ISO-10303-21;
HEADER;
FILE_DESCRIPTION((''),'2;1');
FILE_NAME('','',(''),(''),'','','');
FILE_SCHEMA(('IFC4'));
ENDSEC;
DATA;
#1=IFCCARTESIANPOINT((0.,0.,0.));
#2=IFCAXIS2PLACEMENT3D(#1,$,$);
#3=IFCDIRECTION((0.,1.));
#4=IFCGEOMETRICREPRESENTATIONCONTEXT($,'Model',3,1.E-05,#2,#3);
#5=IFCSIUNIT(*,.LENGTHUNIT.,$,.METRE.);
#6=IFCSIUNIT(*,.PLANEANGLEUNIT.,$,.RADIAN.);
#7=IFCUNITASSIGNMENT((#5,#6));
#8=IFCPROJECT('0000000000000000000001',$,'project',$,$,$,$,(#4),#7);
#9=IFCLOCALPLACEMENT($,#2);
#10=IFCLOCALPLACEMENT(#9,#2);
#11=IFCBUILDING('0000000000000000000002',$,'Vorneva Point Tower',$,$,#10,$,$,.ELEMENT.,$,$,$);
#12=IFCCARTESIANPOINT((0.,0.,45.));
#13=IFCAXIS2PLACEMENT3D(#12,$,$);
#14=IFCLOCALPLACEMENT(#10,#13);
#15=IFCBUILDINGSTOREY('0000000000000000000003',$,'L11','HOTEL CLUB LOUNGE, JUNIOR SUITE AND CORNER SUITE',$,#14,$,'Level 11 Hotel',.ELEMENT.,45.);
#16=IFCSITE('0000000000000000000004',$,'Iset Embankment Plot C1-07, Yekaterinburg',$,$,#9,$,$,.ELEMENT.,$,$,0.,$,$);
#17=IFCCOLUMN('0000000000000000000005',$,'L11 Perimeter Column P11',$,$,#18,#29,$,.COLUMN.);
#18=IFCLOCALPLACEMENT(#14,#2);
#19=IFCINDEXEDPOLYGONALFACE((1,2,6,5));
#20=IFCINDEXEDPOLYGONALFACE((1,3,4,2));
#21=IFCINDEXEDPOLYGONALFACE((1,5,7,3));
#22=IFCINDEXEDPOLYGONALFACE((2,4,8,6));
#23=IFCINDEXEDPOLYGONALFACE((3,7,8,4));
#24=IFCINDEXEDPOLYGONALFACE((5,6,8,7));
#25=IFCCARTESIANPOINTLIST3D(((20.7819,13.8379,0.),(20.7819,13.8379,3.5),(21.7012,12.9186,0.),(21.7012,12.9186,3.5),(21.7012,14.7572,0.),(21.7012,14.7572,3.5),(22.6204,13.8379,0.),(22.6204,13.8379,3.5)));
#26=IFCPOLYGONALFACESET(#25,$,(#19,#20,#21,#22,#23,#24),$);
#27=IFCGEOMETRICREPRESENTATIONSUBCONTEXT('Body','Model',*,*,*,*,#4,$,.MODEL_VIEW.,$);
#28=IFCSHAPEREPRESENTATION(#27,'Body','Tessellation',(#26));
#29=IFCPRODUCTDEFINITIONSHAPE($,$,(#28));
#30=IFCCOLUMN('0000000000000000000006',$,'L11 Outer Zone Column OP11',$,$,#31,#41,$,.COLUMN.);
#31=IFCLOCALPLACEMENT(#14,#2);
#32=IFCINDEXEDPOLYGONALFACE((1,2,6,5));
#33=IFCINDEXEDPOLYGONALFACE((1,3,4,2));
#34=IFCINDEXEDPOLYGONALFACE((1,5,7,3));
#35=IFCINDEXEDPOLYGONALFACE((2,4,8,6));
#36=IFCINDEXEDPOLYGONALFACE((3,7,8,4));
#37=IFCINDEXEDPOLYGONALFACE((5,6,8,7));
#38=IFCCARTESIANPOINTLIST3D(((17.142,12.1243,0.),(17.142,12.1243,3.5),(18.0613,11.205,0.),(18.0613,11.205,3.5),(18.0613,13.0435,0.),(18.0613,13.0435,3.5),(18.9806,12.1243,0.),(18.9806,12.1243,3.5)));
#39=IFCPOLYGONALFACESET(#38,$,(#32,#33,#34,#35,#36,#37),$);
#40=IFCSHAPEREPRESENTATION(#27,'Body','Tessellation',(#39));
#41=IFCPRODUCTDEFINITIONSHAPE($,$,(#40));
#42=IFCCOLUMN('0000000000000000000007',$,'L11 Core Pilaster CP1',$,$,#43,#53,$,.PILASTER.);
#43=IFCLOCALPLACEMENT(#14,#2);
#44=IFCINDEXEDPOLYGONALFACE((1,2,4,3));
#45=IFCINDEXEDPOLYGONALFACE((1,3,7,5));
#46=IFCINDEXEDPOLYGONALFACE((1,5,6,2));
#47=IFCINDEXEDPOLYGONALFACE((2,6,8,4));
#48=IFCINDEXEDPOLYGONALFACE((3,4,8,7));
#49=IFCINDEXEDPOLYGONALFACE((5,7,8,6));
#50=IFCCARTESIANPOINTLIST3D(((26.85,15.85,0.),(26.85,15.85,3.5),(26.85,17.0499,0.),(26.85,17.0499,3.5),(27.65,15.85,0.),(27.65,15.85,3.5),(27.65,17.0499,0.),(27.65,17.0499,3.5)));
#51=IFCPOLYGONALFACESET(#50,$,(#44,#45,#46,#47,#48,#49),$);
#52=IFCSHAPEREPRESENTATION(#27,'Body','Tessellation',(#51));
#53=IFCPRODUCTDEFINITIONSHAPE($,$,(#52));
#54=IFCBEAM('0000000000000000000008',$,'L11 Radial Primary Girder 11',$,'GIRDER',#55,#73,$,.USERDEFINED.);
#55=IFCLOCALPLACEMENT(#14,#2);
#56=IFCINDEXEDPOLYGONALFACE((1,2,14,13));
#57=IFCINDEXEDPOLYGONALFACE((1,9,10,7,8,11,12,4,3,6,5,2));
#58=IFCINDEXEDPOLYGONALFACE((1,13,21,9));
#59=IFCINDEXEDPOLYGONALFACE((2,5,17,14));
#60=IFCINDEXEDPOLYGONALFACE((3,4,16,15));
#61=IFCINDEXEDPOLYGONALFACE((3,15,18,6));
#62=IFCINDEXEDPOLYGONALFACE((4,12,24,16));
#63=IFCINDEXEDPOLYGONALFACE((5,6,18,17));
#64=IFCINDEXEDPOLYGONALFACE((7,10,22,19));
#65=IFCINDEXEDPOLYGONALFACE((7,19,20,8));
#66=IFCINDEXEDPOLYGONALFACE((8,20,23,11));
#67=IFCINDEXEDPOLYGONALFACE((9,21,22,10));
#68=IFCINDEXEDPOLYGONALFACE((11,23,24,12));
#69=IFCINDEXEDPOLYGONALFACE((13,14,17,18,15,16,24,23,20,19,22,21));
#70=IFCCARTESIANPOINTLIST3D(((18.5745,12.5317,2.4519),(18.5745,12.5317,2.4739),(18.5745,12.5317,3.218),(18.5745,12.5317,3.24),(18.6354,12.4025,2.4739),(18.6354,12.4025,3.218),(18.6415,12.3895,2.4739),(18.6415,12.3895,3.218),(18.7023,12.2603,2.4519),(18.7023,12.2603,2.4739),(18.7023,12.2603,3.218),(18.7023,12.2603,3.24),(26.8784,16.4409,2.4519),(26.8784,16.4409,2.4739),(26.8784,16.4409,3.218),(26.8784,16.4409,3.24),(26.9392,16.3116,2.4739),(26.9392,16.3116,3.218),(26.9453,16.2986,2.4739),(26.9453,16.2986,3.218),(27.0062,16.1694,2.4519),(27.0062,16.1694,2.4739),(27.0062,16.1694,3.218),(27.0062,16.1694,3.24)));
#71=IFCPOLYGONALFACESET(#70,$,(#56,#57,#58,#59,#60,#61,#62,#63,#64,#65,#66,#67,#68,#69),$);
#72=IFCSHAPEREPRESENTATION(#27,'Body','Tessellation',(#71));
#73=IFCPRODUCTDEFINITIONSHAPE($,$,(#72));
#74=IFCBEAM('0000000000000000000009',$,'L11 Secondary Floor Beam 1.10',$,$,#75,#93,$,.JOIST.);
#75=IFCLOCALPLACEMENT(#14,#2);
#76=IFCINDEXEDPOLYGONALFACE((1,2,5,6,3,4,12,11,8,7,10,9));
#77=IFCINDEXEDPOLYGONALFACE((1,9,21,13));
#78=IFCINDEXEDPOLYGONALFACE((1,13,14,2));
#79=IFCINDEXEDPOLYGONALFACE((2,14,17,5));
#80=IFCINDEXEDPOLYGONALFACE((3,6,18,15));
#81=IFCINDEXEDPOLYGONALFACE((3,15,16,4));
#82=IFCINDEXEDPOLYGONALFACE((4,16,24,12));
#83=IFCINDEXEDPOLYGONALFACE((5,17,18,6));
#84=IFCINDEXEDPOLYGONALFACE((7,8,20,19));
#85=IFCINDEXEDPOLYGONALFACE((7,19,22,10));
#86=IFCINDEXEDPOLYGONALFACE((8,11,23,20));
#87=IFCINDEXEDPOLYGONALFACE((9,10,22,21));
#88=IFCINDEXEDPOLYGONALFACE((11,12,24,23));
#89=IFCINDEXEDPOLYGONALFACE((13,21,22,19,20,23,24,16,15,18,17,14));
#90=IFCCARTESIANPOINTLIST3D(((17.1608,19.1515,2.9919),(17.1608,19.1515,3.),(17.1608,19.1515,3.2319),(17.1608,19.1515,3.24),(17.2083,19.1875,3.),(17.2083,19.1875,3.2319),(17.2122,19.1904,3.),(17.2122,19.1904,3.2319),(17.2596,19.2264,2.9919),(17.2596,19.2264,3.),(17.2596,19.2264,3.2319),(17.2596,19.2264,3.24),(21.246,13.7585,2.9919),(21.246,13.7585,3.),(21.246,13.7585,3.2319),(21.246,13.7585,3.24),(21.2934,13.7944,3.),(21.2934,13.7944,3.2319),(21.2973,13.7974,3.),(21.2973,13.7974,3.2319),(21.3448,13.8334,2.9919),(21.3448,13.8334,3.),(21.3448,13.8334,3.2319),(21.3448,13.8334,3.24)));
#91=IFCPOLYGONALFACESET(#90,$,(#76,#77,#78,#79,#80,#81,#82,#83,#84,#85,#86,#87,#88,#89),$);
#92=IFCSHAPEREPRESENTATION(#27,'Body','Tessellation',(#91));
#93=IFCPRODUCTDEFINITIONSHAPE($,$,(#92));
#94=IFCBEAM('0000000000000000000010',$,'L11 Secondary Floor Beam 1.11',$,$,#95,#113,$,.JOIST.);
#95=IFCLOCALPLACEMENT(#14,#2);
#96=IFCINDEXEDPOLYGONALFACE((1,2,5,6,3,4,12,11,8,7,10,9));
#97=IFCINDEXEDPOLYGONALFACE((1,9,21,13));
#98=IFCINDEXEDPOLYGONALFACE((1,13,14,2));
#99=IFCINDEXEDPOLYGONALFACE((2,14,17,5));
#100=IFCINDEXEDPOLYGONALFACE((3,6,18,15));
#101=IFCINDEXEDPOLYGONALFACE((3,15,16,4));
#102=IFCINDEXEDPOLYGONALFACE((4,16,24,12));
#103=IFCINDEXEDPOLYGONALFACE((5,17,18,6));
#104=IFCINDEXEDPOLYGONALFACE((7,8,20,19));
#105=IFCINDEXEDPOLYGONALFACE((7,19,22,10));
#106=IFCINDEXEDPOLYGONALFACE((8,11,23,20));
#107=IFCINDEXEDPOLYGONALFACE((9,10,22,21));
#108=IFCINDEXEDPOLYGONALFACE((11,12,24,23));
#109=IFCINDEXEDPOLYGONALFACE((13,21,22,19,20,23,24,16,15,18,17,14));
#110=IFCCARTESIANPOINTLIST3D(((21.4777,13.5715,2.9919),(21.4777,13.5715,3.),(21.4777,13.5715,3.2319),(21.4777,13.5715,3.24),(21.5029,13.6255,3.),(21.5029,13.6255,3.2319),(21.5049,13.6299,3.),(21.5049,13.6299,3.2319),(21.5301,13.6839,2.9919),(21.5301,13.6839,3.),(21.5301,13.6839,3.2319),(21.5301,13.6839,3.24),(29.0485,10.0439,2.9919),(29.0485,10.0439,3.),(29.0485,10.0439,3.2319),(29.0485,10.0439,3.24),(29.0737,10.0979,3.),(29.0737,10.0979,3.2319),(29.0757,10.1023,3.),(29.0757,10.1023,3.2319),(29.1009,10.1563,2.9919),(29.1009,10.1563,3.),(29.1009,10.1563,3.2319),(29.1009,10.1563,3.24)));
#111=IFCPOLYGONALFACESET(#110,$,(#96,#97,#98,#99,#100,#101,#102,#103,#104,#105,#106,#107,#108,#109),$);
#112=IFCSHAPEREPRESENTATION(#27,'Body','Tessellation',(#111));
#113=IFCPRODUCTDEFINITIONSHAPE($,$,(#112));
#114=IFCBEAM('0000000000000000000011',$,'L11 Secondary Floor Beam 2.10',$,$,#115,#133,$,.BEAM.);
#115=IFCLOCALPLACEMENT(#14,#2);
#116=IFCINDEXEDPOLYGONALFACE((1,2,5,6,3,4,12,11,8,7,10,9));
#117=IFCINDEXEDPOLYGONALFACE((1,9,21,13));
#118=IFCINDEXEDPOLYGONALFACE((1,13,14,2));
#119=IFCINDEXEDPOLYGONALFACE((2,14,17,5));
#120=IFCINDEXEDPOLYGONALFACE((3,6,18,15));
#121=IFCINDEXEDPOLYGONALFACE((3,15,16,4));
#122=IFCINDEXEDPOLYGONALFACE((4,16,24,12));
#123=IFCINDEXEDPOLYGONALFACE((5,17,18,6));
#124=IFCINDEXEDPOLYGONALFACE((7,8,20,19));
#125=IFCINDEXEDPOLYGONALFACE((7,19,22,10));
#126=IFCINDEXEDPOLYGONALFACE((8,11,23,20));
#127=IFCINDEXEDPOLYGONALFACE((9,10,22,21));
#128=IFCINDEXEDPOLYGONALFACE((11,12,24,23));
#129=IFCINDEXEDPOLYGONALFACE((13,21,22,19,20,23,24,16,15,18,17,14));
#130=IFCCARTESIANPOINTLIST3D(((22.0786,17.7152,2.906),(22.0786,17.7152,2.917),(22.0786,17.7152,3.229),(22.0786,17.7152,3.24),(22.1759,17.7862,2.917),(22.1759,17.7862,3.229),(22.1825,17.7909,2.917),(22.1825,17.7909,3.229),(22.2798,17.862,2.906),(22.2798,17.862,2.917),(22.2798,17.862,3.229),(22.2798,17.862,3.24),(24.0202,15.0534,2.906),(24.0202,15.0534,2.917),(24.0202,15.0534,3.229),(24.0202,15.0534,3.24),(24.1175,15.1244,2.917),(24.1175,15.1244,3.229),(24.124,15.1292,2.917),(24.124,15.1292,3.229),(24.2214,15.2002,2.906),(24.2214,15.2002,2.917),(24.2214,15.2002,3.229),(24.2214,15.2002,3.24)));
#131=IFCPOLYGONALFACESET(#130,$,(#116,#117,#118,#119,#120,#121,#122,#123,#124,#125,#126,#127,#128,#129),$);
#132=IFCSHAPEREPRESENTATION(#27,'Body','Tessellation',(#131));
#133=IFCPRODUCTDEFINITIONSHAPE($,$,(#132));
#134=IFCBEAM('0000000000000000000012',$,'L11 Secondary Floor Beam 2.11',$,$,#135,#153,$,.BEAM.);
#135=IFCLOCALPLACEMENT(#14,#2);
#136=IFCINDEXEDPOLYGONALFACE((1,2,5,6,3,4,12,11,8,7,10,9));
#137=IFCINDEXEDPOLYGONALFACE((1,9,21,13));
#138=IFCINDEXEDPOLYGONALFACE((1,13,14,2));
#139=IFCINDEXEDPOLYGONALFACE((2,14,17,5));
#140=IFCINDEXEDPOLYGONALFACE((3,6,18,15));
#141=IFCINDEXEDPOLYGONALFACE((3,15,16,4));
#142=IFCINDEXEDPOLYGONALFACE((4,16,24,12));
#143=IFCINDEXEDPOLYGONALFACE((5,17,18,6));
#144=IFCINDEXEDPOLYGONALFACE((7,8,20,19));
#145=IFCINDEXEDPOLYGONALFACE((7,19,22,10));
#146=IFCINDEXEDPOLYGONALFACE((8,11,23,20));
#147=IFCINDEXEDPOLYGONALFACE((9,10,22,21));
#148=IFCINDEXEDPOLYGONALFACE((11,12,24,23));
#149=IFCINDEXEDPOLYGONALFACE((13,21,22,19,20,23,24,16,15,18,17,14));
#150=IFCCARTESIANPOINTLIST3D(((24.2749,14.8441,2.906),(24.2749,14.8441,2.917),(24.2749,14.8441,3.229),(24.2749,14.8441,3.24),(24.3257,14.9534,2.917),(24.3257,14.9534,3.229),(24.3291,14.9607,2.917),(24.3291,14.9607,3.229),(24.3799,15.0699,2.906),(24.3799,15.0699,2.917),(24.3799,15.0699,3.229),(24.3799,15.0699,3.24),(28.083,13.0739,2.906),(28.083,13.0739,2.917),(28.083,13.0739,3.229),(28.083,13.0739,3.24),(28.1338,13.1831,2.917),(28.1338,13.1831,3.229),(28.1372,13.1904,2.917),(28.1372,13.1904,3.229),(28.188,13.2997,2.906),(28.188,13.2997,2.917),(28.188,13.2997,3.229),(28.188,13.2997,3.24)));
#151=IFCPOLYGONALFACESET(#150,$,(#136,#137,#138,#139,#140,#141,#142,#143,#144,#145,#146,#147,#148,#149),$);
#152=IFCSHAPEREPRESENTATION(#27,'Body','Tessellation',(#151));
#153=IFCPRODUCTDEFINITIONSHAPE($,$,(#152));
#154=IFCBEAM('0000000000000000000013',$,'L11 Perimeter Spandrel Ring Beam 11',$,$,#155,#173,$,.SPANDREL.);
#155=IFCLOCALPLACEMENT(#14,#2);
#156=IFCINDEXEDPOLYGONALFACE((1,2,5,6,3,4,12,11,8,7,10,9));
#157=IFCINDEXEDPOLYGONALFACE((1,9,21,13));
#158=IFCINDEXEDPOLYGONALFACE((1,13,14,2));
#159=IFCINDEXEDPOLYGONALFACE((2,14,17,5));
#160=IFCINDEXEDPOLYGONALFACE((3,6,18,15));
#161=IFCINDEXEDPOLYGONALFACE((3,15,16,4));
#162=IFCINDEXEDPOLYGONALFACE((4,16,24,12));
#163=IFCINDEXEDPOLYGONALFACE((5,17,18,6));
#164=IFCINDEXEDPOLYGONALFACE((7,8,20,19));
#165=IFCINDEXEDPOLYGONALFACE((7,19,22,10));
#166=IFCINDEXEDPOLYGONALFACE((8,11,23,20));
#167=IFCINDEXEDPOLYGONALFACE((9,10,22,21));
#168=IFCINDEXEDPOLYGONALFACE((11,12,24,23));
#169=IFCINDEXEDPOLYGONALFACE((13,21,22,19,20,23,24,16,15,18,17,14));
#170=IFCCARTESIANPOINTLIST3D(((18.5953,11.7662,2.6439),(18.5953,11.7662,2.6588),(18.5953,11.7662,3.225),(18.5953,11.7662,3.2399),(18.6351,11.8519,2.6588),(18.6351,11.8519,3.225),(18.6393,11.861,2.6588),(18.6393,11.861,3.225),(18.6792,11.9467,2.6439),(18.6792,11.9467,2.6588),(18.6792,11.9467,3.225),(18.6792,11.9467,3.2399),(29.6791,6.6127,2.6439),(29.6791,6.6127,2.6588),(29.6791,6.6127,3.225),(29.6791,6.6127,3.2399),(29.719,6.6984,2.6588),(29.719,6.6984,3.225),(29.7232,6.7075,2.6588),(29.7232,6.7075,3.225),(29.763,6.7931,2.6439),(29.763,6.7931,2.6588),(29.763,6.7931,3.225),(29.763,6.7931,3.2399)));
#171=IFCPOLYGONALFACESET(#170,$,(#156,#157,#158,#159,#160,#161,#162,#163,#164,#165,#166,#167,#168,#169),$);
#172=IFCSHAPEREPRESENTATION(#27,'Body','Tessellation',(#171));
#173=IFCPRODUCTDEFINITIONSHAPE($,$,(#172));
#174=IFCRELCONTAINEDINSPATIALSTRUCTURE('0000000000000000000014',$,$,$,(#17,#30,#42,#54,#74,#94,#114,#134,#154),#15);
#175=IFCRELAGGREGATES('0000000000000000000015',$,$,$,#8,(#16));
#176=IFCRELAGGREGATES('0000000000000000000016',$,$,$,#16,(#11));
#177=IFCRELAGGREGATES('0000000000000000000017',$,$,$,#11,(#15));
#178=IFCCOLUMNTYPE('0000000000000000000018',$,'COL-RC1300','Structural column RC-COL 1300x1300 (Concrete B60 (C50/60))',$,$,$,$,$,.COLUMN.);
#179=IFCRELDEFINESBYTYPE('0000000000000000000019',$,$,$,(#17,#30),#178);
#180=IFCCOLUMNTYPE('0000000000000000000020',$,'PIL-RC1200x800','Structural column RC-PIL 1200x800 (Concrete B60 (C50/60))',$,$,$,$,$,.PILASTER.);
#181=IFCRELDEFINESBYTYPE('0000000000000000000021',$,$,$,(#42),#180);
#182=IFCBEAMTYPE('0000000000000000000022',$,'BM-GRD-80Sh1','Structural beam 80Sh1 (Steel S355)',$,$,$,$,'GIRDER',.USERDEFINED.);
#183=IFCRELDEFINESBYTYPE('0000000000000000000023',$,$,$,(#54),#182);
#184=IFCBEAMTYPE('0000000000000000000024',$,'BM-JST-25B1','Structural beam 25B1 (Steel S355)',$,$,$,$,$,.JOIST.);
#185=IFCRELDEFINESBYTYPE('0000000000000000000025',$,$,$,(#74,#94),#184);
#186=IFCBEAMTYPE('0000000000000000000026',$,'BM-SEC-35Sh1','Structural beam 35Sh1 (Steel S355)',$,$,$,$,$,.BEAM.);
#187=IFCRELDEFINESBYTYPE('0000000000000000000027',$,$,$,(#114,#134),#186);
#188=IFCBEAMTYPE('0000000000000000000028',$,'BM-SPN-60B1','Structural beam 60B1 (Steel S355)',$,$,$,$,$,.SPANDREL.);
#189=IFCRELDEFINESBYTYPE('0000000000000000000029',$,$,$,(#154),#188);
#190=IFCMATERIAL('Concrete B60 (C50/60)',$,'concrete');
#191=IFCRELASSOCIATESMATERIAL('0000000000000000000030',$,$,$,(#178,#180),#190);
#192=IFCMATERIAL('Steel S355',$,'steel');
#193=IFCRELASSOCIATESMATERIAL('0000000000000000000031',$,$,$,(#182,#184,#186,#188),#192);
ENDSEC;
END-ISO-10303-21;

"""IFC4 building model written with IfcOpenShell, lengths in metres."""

from ifc_helpers import new_model, si_unit, direction, frame, origin, origin_2d, place, context, subcontext, project, spatial, rectangle, i_section, extrude, material, material_profile, profile_set, type_object, element, save


model = new_model("IFC4")

# Units and contexts
model_context = context("Model", 3, precision=1e-05, world=origin(), true_north=direction((0.0, 1.0)))
body_context = subcontext(model_context, "Body", "Model", "MODEL_VIEW")
ifc_project = project(units=[si_unit("LENGTHUNIT", "METRE"), si_unit("PLANEANGLEUNIT", "RADIAN")], contexts=[model_context])

# Site, building, storey
site_placement = place(None, origin())
site = spatial("IfcSite", under=ifc_project, at=site_placement, Name="Iset Embankment Plot C1-07, Yekaterinburg", CompositionType="ELEMENT", RefElevation=0.0)
building_placement = place(site_placement, origin())
building = spatial("IfcBuilding", under=site, at=building_placement, Name="Vorneva Point Tower", CompositionType="ELEMENT")
storey_placement = place(building_placement, frame((0.0, 0.0, 45.0)))
storey = spatial("IfcBuildingStorey", under=building, at=storey_placement, Name="L11", Description="HOTEL CLUB LOUNGE, JUNIOR SUITE AND CORNER SUITE", LongName="Level 11 Hotel", CompositionType="ELEMENT", Elevation=45.0)

# Columns
ifc_material_1 = material(Name="Concrete B60 (C50/60)", Category="concrete")
ifc_material_profile_1 = material_profile(ifc_material_1, rectangle(XDim=1.3, YDim=1.3, at=origin_2d()), Name="RC-COL 1300x1300")
ifc_profile_set_1 = profile_set([ifc_material_profile_1], Name="Concrete B60 (C50/60)")
column_type_1 = type_object("IfcColumnType", Name="COL-RC1300", Description="Structural column RC-COL 1300x1300 (Concrete B60 (C50/60))", PredefinedType="COLUMN", material=ifc_profile_set_1)
for number, where, z_axis, x_axis, name in (
    (1, (21.7012, 13.8379, 0.0), (0.0, 0.0, 1.0), (-0.707107, -0.707107, 0.0), "L11 Perimeter Column P11"),
    (2, (18.0613, 12.1243, 0.0), (0.0, 0.0, 1.0), (-0.707107, -0.707107, 0.0), "L11 Outer Zone Column OP11"),
):
    element("IfcColumn", number, at=place(storey_placement, frame(where, z_axis=z_axis, x_axis=x_axis)), inside=storey, type_object=column_type_1, Name=name, PredefinedType="COLUMN", context=body_context, shape_type="SweptSolid", body=[
        extrude(rectangle(XDim=1.3, YDim=1.3, at=origin_2d()), origin(), (0.0, 0.0, 1.0), 3.5),
    ])
ifc_material_profile_2 = material_profile(ifc_material_1, rectangle(XDim=0.8, YDim=1.2, at=origin_2d()), Name="RC-PIL 1200x800")
ifc_profile_set_2 = profile_set([ifc_material_profile_2], Name="Concrete B60 (C50/60)")
column_type_2 = type_object("IfcColumnType", Name="PIL-RC1200x800", Description="Structural column RC-PIL 1200x800 (Concrete B60 (C50/60))", PredefinedType="PILASTER", material=ifc_profile_set_2)
column_placement = place(storey_placement, frame((27.25, 16.45, 0.0), z_axis=(0.0, 0.0, 1.0), x_axis=(1.0, 0.0, 0.0)))
element("IfcColumn", 3, at=column_placement, inside=storey, type_object=column_type_2, Name="L11 Core Pilaster CP1", PredefinedType="PILASTER", context=body_context, shape_type="SweptSolid", body=[
    extrude(rectangle(XDim=0.8, YDim=1.2, at=origin_2d()), origin(), (0.0, 0.0, 1.0), 3.5),
])

# Beams
ifc_material_2 = material(Name="Steel S355", Category="steel")
ifc_material_profile_3 = material_profile(ifc_material_2, i_section(OverallWidth=0.3, OverallDepth=0.7881, WebThickness=0.0144, FlangeThickness=0.022, at=origin_2d()), Name="80Sh1")
ifc_profile_set_3 = profile_set([ifc_material_profile_3], Name="Steel S355")
beam_type_1 = type_object("IfcBeamType", Name="BM-GRD-80Sh1", Description="Structural beam 80Sh1 (Steel S355)", ElementType="GIRDER", PredefinedType="USERDEFINED", material=ifc_profile_set_3)
beam_1_placement = place(storey_placement, frame((18.6384, 12.396, 2.8459), z_axis=(0.904758, 0.425925, 0.0), x_axis=(-0.425925, 0.904758, 0.0)))
element("IfcBeam", 4, at=beam_1_placement, inside=storey, type_object=beam_type_1, Name="L11 Radial Primary Girder 11", ObjectType="GIRDER", PredefinedType="USERDEFINED", context=body_context, shape_type="SweptSolid", body=[
    extrude(i_section(OverallWidth=0.3, OverallDepth=0.7881, WebThickness=0.0144, FlangeThickness=0.022, at=origin_2d()), origin(), (0.0, 0.0, 1.0), 9.178),
])
ifc_material_profile_4 = material_profile(ifc_material_2, i_section(OverallWidth=0.124, OverallDepth=0.248, WebThickness=0.0049, FlangeThickness=0.0081, at=origin_2d()), Name="25B1")
ifc_profile_set_4 = profile_set([ifc_material_profile_4], Name="Steel S355")
beam_type_2 = type_object("IfcBeamType", Name="BM-JST-25B1", Description="Structural beam 25B1 (Steel S355)", PredefinedType="JOIST", material=ifc_profile_set_4)
beam_2_placement = place(storey_placement, frame((17.2102, 19.189, 3.116), z_axis=(0.603815, -0.797124, 0.0), x_axis=(0.797124, 0.603815, 0.0)))
element("IfcBeam", 5, at=beam_2_placement, inside=storey, type_object=beam_type_2, Name="L11 Secondary Floor Beam 1.10", PredefinedType="JOIST", context=body_context, shape_type="SweptSolid", body=[
    extrude(i_section(OverallWidth=0.124, OverallDepth=0.248, WebThickness=0.0049, FlangeThickness=0.0081, at=origin_2d()), origin(), (0.0, 0.0, 1.0), 6.7656),
])
beam_3_placement = place(storey_placement, frame((21.5039, 13.6277, 3.116), z_axis=(0.906433, -0.422349, 0.0), x_axis=(0.422349, 0.906433, 0.0)))
element("IfcBeam", 6, at=beam_3_placement, inside=storey, type_object=beam_type_2, Name="L11 Secondary Floor Beam 1.11", PredefinedType="JOIST", context=body_context, shape_type="SweptSolid", body=[
    extrude(i_section(OverallWidth=0.124, OverallDepth=0.248, WebThickness=0.0049, FlangeThickness=0.0081, at=origin_2d()), origin(), (0.0, 0.0, 1.0), 8.3523),
])
ifc_material_profile_5 = material_profile(ifc_material_2, i_section(OverallWidth=0.249, OverallDepth=0.334, WebThickness=0.0081, FlangeThickness=0.011, at=origin_2d()), Name="35Sh1")
ifc_profile_set_5 = profile_set([ifc_material_profile_5], Name="Steel S355")
beam_type_3 = type_object("IfcBeamType", Name="BM-SEC-35Sh1", Description="Structural beam 35Sh1 (Steel S355)", PredefinedType="BEAM", material=ifc_profile_set_5)
beam_4_placement = place(storey_placement, frame((22.1792, 17.7886, 3.073), z_axis=(0.589312, -0.807905, 0.0), x_axis=(0.807905, 0.589312, 0.0)))
element("IfcBeam", 7, at=beam_4_placement, inside=storey, type_object=beam_type_3, Name="L11 Secondary Floor Beam 2.10", PredefinedType="BEAM", context=body_context, shape_type="SweptSolid", body=[
    extrude(i_section(OverallWidth=0.249, OverallDepth=0.334, WebThickness=0.0081, FlangeThickness=0.011, at=origin_2d()), origin(), (0.0, 0.0, 1.0), 3.2947),
])
beam_5_placement = place(storey_placement, frame((24.3274, 14.957, 3.073), z_axis=(0.906807, -0.421545, 0.0), x_axis=(0.421545, 0.906807, 0.0)))
element("IfcBeam", 8, at=beam_5_placement, inside=storey, type_object=beam_type_3, Name="L11 Secondary Floor Beam 2.11", PredefinedType="BEAM", context=body_context, shape_type="SweptSolid", body=[
    extrude(i_section(OverallWidth=0.249, OverallDepth=0.334, WebThickness=0.0081, FlangeThickness=0.011, at=origin_2d()), origin(), (0.0, 0.0, 1.0), 4.1995),
])
ifc_material_profile_6 = material_profile(ifc_material_2, i_section(OverallWidth=0.199, OverallDepth=0.5959, WebThickness=0.01, FlangeThickness=0.0149, at=origin_2d()), Name="60B1")
ifc_profile_set_6 = profile_set([ifc_material_profile_6], Name="Steel S355")
beam_type_4 = type_object("IfcBeamType", Name="BM-SPN-60B1", Description="Structural beam 60B1 (Steel S355)", PredefinedType="SPANDREL", material=ifc_profile_set_6)
beam_6_placement = place(storey_placement, frame((18.6372, 11.8564, 2.9419), z_axis=(0.906777, -0.421611, 0.0), x_axis=(0.421611, 0.906777, 0.0)))
element("IfcBeam", 9, at=beam_6_placement, inside=storey, type_object=beam_type_4, Name="L11 Perimeter Spandrel Ring Beam 11", PredefinedType="SPANDREL", context=body_context, shape_type="SweptSolid", body=[
    extrude(i_section(OverallWidth=0.199, OverallDepth=0.5959, WebThickness=0.01, FlangeThickness=0.0149, at=origin_2d()), origin(), (0.0, 0.0, 1.0), 12.2234),
])

save(model, "model.ifc")
